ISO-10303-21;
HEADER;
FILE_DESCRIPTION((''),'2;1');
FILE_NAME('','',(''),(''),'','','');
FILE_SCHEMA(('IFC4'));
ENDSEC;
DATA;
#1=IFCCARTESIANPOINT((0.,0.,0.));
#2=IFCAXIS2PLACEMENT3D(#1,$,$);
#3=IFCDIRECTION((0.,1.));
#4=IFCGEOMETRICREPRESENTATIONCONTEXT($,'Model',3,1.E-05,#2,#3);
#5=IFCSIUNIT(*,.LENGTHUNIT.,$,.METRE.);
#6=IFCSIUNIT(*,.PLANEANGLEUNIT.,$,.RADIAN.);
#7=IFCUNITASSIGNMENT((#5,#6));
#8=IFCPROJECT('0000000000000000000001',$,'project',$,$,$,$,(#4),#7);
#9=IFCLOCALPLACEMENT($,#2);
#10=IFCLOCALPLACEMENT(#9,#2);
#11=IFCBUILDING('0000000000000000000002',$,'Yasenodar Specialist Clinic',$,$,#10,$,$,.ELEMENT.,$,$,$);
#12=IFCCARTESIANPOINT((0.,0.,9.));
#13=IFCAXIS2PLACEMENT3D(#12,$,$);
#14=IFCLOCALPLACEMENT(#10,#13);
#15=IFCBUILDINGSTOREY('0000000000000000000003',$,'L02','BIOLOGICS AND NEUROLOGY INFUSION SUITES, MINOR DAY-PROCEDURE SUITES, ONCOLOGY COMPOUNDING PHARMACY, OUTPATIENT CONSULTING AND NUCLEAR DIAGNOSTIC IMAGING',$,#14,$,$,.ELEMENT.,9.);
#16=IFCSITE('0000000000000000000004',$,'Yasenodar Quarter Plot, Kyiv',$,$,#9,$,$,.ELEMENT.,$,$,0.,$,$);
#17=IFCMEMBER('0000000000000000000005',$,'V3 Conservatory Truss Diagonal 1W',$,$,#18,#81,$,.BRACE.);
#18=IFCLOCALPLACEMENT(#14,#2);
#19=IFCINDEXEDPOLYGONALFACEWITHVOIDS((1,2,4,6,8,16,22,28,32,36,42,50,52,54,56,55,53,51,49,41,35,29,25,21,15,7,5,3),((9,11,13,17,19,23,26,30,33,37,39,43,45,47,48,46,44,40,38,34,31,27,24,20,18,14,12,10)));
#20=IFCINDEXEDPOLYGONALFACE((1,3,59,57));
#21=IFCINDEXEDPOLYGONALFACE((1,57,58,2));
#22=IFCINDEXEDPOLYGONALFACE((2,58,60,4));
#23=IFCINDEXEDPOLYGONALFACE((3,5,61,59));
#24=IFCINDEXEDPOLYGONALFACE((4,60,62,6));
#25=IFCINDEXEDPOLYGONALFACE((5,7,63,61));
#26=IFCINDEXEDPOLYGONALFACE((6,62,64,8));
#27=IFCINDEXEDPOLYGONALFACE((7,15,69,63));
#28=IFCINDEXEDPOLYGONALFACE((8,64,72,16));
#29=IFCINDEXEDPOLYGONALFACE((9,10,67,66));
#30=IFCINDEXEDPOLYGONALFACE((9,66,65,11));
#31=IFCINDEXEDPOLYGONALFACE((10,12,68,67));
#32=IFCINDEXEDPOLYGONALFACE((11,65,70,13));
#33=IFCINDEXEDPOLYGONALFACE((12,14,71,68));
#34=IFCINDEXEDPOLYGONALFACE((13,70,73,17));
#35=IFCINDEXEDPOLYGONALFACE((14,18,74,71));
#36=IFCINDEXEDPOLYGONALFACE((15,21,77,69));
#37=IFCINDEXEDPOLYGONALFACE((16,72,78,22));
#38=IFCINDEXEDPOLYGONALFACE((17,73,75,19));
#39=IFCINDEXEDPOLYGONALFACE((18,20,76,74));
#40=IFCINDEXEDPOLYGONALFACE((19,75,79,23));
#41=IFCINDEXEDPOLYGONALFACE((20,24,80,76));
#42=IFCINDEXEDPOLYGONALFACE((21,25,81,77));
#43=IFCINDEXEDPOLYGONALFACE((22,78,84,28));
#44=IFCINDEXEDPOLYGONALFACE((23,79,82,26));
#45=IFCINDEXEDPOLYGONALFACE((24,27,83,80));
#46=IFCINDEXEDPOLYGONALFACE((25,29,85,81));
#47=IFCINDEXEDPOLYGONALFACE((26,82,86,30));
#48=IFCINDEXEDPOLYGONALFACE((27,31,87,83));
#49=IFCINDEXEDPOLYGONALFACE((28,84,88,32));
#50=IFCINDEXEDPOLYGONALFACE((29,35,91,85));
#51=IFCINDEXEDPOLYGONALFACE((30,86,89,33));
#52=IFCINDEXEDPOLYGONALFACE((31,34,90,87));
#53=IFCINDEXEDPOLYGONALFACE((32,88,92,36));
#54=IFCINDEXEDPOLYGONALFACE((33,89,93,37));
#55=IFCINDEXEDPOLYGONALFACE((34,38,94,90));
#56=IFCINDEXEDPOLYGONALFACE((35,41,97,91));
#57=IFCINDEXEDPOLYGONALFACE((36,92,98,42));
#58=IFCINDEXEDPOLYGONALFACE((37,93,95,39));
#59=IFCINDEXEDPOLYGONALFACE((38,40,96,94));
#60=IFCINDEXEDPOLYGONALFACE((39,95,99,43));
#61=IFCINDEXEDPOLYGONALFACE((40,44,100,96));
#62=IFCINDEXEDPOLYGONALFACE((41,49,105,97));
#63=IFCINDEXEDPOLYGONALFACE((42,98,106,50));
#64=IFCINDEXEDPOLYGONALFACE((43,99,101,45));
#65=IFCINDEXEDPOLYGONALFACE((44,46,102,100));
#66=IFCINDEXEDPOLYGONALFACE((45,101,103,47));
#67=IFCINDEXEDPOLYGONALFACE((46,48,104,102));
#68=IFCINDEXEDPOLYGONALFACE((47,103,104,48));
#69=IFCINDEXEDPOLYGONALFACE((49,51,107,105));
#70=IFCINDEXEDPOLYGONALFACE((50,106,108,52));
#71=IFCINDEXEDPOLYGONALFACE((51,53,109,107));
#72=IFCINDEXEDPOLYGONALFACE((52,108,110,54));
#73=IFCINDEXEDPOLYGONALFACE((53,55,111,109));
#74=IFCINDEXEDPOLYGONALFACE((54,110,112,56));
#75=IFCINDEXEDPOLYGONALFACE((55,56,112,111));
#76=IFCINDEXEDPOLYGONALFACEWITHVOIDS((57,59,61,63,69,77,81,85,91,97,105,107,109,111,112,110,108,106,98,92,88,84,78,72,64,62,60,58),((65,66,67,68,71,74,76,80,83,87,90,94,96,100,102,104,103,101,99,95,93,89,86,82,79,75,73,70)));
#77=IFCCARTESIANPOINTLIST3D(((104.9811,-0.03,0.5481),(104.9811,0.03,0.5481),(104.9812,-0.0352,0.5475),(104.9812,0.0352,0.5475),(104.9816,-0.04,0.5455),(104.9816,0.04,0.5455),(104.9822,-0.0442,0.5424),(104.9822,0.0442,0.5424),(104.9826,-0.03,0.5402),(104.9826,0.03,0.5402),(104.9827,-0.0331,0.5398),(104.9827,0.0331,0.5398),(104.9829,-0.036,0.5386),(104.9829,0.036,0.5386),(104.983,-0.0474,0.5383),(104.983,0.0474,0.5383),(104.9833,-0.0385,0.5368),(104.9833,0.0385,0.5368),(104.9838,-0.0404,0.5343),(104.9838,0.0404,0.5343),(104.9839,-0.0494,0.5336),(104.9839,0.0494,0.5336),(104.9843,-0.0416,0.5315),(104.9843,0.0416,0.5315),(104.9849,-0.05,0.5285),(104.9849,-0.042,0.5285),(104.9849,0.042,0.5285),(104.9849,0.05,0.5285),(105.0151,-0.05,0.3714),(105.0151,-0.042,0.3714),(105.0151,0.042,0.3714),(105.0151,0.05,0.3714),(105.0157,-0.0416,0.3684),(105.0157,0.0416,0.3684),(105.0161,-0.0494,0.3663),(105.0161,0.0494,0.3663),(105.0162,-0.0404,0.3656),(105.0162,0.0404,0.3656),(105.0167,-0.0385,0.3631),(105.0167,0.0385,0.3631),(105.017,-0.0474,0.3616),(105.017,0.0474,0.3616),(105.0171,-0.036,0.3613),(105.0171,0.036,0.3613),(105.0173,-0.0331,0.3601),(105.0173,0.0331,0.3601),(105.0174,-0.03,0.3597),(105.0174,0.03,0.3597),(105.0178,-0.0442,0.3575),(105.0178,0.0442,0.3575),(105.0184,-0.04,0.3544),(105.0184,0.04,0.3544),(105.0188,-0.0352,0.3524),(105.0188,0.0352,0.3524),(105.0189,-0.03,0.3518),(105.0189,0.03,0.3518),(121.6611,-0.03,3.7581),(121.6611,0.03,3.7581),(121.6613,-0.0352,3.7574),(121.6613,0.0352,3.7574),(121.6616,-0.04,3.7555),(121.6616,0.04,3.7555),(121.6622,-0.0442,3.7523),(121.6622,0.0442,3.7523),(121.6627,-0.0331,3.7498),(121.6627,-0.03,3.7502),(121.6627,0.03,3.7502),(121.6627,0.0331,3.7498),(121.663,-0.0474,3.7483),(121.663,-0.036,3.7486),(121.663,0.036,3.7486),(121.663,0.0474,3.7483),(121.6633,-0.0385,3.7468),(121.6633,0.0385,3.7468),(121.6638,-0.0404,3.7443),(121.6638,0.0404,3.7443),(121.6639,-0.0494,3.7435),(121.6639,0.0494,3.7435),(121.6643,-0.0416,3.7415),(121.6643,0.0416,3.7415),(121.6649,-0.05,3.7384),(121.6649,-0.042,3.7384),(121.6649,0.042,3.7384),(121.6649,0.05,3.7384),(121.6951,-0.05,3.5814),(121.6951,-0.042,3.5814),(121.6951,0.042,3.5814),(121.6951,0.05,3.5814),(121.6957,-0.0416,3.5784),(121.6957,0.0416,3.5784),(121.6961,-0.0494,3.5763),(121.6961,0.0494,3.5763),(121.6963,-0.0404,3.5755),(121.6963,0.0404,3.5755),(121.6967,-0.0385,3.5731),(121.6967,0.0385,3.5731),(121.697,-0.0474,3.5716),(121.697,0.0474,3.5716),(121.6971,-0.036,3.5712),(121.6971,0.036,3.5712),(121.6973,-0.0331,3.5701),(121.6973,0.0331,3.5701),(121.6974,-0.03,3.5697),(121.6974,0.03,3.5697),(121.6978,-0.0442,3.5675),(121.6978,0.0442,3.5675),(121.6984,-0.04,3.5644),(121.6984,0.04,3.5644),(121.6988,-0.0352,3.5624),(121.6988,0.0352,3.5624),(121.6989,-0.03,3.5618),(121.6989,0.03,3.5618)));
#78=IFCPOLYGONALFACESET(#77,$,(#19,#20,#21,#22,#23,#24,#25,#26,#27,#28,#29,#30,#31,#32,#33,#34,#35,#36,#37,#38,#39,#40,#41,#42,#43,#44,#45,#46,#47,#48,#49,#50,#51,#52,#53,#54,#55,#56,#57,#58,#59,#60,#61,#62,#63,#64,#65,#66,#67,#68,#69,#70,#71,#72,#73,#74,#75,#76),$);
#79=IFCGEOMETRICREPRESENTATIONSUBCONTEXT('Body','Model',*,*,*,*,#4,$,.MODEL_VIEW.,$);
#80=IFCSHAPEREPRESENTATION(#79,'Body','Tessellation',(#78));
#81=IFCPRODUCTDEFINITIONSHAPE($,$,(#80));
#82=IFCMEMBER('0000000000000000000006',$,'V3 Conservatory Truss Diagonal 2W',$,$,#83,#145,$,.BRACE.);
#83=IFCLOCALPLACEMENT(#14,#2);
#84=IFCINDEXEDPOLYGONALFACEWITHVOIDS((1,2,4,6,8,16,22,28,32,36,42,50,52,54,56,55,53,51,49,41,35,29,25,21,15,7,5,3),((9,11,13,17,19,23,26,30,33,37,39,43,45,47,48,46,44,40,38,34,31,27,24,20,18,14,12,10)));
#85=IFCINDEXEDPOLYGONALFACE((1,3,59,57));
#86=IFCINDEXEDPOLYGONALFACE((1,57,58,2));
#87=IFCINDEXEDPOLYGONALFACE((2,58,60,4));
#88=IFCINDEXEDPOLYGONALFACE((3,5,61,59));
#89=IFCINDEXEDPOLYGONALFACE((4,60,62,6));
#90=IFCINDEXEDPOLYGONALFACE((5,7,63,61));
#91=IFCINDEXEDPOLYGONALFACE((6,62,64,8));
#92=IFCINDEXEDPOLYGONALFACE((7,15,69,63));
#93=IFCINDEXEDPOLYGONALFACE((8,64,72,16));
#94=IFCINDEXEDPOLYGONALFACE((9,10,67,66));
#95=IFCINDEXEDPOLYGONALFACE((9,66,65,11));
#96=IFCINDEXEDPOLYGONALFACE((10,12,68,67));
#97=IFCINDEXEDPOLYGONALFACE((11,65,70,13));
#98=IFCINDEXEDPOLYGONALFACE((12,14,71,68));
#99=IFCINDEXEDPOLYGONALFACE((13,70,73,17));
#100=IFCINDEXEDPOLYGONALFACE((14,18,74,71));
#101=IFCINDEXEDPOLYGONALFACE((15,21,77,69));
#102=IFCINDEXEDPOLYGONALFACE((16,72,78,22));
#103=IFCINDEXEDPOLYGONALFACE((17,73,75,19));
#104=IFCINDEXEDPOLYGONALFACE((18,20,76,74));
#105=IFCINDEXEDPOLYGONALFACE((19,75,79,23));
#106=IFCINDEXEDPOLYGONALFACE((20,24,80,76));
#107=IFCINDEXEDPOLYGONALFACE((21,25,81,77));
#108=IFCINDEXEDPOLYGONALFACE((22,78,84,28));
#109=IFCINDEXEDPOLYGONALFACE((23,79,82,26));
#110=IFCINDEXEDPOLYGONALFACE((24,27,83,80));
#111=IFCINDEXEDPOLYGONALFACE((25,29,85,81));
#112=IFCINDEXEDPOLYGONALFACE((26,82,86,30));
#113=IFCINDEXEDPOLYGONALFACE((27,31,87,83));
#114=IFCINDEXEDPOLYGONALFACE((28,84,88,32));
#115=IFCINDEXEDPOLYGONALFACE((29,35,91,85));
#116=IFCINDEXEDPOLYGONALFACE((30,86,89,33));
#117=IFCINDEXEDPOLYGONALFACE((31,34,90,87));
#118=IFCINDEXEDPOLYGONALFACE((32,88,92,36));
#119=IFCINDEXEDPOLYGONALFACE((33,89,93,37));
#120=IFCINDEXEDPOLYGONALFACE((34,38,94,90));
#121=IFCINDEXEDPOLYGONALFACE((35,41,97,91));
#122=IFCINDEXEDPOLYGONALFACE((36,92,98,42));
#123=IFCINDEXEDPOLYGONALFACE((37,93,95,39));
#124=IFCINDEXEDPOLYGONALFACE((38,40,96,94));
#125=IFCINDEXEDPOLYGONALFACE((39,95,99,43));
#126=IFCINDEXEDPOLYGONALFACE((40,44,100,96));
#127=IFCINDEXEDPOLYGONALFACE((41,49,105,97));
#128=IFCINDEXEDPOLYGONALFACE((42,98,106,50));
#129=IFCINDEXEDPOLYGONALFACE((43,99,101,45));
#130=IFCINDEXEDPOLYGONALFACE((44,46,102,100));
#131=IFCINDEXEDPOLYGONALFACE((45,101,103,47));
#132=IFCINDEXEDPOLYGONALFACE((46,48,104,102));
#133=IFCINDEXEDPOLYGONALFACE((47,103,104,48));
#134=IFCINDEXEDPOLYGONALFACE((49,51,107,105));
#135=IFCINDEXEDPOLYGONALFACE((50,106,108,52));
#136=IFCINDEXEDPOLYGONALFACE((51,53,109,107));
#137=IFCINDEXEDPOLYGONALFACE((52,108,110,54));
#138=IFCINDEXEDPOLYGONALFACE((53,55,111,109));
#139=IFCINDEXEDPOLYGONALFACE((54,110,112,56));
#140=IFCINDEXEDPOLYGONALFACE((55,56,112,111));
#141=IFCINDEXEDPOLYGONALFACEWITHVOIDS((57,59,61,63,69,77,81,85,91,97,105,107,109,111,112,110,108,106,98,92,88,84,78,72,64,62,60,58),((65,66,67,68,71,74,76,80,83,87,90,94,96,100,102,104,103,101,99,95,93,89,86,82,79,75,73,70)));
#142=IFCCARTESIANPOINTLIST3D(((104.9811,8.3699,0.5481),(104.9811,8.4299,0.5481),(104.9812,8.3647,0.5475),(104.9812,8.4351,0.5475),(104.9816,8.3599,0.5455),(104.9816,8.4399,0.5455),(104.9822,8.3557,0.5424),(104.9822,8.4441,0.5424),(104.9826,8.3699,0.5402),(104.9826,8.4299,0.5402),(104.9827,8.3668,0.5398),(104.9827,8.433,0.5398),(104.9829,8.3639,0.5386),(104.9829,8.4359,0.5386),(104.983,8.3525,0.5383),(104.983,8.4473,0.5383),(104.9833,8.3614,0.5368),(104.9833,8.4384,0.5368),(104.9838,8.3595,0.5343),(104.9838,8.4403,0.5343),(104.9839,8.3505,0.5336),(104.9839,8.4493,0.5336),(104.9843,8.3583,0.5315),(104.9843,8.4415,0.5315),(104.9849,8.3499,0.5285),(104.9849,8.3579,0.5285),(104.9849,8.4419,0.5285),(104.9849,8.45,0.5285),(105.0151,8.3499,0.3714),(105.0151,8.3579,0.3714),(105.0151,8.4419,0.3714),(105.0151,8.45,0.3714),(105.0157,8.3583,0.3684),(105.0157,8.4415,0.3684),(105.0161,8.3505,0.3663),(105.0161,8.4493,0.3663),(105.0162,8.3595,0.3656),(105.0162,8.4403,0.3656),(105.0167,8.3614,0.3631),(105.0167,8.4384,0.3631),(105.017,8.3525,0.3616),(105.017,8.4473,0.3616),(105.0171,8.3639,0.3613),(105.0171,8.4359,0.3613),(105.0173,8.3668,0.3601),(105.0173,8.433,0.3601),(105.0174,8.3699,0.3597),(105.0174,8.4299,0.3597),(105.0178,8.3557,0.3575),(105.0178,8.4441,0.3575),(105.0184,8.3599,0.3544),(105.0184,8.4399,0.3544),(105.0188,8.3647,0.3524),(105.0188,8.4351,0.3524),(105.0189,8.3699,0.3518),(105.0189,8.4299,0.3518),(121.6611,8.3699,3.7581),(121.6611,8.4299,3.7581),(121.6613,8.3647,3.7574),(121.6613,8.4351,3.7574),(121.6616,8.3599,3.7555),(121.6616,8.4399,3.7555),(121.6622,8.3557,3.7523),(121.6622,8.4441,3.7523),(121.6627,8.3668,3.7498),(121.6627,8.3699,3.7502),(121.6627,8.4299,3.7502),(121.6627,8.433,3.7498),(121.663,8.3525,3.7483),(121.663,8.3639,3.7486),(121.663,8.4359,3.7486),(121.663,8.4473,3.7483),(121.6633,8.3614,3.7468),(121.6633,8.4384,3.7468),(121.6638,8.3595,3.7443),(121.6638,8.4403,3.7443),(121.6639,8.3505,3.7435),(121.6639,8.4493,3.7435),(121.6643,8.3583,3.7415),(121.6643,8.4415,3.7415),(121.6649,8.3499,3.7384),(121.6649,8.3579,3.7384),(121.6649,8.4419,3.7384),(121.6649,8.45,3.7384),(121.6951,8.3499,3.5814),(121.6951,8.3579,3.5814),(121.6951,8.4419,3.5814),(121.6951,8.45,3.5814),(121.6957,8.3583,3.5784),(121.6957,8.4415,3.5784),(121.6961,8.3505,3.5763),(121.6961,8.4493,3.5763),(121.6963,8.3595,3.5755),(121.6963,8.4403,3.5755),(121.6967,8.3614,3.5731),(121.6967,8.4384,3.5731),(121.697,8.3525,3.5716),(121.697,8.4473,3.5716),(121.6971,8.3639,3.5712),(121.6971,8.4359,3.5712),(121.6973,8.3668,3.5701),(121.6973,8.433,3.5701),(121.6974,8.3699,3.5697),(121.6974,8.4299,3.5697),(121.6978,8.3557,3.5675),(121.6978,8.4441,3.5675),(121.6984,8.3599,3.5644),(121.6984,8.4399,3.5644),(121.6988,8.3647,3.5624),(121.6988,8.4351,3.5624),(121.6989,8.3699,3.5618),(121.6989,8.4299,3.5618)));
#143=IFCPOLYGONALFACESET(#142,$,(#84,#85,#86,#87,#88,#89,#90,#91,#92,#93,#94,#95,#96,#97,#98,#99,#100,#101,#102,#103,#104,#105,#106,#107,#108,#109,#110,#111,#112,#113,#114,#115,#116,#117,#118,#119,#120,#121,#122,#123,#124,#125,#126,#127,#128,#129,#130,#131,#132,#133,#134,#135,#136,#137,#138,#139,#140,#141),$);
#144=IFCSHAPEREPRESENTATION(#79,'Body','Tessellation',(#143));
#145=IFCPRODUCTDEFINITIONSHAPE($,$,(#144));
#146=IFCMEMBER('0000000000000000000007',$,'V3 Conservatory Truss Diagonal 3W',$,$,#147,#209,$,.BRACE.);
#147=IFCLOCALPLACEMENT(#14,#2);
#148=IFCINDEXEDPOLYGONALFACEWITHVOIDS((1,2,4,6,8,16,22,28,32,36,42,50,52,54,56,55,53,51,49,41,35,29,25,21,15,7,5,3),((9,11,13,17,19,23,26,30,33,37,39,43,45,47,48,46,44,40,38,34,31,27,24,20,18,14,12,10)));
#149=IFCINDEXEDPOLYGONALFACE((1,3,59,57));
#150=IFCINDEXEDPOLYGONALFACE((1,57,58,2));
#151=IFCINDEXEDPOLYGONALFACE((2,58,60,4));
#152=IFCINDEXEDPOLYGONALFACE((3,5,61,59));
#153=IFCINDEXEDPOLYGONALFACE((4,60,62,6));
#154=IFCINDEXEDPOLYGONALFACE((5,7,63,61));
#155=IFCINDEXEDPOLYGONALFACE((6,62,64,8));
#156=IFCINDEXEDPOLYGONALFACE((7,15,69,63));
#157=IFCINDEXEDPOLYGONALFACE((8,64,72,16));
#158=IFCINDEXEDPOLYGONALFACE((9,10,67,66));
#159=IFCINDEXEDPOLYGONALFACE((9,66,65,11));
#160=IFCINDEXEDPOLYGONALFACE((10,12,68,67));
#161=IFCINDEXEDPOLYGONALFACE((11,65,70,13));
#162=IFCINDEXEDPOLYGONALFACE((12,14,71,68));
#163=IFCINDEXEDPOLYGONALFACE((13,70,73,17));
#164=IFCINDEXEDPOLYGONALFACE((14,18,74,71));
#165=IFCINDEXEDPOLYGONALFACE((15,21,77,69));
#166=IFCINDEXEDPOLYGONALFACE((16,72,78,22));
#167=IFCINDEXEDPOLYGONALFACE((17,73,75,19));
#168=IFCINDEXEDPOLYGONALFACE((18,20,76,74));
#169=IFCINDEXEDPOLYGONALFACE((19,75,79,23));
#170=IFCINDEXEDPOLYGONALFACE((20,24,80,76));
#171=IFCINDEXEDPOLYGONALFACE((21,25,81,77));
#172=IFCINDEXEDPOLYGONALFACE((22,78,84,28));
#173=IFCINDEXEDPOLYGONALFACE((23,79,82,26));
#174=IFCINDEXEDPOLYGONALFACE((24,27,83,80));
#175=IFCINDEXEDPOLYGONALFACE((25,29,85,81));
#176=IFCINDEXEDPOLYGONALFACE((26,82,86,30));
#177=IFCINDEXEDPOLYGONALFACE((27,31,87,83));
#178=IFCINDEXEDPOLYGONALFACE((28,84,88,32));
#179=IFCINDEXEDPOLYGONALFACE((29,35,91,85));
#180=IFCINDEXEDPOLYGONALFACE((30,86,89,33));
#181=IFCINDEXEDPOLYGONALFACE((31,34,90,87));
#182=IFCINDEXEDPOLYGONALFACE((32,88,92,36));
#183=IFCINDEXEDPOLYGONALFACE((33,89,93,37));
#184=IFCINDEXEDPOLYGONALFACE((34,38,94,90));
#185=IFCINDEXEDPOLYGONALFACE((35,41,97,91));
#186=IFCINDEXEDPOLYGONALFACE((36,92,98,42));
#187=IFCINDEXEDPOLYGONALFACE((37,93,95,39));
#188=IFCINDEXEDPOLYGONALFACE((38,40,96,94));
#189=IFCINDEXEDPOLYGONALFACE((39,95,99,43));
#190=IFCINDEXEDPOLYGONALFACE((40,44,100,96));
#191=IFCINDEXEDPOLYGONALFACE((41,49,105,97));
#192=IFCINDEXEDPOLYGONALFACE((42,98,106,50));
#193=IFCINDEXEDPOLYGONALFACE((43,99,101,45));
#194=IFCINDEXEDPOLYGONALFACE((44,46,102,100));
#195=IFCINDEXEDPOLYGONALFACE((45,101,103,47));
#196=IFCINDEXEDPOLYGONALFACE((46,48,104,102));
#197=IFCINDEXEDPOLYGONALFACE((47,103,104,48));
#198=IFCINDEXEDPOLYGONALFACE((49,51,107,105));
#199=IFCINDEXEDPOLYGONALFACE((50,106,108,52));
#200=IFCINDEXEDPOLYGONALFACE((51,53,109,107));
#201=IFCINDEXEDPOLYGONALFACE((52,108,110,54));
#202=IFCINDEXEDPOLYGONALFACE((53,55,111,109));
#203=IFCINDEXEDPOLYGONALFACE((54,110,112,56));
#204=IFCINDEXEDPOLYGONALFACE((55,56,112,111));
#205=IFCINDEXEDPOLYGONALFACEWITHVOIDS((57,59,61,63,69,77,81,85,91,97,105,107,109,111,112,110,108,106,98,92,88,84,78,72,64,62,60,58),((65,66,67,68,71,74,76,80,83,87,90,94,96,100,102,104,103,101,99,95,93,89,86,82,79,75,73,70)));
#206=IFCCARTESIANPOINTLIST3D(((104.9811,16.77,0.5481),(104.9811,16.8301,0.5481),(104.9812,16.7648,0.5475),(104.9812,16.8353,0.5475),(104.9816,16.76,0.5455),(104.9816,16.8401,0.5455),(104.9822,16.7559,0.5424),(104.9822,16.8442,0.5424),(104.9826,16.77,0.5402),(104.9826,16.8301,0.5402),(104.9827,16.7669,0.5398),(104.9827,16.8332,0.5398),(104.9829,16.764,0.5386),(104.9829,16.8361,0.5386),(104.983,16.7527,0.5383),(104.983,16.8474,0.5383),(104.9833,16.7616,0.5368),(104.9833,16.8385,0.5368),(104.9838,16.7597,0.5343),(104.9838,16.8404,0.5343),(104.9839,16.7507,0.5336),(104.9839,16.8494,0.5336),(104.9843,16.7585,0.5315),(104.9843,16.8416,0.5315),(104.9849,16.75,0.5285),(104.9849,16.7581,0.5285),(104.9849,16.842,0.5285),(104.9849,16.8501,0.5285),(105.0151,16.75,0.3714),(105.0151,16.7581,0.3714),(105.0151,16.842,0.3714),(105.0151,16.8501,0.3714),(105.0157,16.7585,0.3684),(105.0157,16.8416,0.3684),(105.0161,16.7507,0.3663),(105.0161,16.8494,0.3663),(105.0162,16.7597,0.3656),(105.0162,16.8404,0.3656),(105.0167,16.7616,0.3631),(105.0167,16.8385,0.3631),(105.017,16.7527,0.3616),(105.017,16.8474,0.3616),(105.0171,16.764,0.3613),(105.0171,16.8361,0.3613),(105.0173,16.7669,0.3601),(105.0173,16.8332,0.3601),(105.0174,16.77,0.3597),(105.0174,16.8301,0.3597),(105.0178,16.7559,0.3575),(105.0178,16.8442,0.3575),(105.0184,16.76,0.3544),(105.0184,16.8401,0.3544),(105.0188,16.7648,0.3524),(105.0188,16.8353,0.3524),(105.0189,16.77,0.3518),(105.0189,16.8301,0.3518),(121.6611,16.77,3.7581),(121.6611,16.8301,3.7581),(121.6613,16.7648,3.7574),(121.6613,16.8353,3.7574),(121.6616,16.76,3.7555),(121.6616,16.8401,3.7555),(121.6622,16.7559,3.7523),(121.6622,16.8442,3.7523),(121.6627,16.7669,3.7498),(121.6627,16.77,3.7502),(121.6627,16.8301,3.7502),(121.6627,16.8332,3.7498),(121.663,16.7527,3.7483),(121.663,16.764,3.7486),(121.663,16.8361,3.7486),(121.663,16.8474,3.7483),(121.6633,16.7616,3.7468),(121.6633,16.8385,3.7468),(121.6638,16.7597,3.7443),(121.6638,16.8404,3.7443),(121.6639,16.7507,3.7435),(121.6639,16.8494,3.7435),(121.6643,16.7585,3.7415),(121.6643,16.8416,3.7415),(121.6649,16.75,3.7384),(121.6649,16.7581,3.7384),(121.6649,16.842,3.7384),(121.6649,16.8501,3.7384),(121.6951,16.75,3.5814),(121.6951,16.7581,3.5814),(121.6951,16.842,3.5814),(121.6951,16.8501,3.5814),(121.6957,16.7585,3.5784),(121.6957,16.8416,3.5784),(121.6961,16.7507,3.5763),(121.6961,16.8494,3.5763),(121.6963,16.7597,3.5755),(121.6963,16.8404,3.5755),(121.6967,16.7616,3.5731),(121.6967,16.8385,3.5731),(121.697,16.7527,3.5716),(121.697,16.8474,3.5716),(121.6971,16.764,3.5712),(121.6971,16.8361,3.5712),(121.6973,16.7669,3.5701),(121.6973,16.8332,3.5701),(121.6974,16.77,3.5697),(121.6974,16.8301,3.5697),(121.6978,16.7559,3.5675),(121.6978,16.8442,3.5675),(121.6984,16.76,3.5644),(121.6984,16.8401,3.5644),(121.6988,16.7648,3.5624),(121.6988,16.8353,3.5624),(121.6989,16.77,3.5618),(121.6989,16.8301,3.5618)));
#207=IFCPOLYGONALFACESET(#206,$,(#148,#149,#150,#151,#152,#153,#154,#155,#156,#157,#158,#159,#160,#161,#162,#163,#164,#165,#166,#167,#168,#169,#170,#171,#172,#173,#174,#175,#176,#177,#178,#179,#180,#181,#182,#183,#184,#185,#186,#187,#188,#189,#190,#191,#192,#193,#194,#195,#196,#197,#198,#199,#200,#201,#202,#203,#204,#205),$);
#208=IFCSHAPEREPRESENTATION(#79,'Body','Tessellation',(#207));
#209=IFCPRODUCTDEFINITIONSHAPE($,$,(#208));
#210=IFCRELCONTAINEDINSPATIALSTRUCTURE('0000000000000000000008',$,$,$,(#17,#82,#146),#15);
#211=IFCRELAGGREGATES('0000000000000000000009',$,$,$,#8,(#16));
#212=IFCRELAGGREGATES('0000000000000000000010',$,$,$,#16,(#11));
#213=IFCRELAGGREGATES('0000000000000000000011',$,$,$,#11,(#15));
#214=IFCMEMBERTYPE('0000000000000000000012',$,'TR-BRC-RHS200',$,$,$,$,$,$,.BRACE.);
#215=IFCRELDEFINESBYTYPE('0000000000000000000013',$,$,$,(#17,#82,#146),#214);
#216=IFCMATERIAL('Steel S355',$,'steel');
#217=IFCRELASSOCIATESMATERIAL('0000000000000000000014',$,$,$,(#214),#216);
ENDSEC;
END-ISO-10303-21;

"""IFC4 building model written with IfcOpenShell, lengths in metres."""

from ifc_helpers import new_model, si_unit, direction, frame, origin, origin_2d, place, context, subcontext, project, spatial, hollow_rectangle, extrude, material, material_profile, profile_set, type_object, element, save


model = new_model("IFC4")

# Units and contexts
model_context = context("Model", 3, precision=1e-05, world=origin(), true_north=direction((0.0, 1.0)))
body_context = subcontext(model_context, "Body", "Model", "MODEL_VIEW")
ifc_project = project(units=[si_unit("LENGTHUNIT", "METRE"), si_unit("PLANEANGLEUNIT", "RADIAN")], contexts=[model_context])

# Site, building, storey
site_placement = place(None, origin())
site = spatial("IfcSite", under=ifc_project, at=site_placement, Name="Yasenodar Quarter Plot, Kyiv", CompositionType="ELEMENT", RefElevation=0.0)
building_placement = place(site_placement, origin())
building = spatial("IfcBuilding", under=site, at=building_placement, Name="Yasenodar Specialist Clinic", CompositionType="ELEMENT")
storey_placement = place(building_placement, frame((0.0, 0.0, 9.0)))
storey = spatial("IfcBuildingStorey", under=building, at=storey_placement, Name="L02", Description="BIOLOGICS AND NEUROLOGY INFUSION SUITES, MINOR DAY-PROCEDURE SUITES, ONCOLOGY COMPOUNDING PHARMACY, OUTPATIENT CONSULTING AND NUCLEAR DIAGNOSTIC IMAGING", CompositionType="ELEMENT", Elevation=9.0)

# Shared definitions
ifc_material_1 = material(Name="Steel S355", Category="steel")

# Members
ifc_material_profile_1 = material_profile(ifc_material_1, hollow_rectangle(XDim=0.1001, YDim=0.2, WallThickness=0.0081, InnerFilletRadius=0.012, OuterFilletRadius=0.02, at=origin_2d()), Name="RHS 200x100x8")
ifc_profile_set_1 = profile_set([ifc_material_profile_1], Name="Steel S355")
member_type_1 = type_object("IfcMemberType", Name="TR-BRC-RHS200", PredefinedType="BRACE", material=ifc_profile_set_1)
for number, where, z_axis, x_axis, name in (
    (1, (105.0, 0.0, 0.45), (0.981982, 0.0, 0.188977), (0.0, 1.0, 0.0), "V3 Conservatory Truss Diagonal 1W"),
    (2, (105.0, 8.3999, 0.45), (0.981982, 0.0, 0.188977), (0.0, 1.0, 0.0), "V3 Conservatory Truss Diagonal 2W"),
    (3, (105.0, 16.8, 0.45), (0.981982, 0.0, 0.188977), (0.0, 1.0, 0.0), "V3 Conservatory Truss Diagonal 3W"),
):
    element("IfcMember", number, at=place(storey_placement, frame(where, z_axis=z_axis, x_axis=x_axis)), inside=storey, type_object=member_type_1, Name=name, PredefinedType="BRACE", context=body_context, shape_type="SweptSolid", body=[
        extrude(hollow_rectangle(XDim=0.1001, YDim=0.2, WallThickness=0.0081, InnerFilletRadius=0.012, OuterFilletRadius=0.02, at=origin_2d()), origin(), (0.0, 0.0, 1.0), 16.9861),
    ])

save(model, "model.ifc")
